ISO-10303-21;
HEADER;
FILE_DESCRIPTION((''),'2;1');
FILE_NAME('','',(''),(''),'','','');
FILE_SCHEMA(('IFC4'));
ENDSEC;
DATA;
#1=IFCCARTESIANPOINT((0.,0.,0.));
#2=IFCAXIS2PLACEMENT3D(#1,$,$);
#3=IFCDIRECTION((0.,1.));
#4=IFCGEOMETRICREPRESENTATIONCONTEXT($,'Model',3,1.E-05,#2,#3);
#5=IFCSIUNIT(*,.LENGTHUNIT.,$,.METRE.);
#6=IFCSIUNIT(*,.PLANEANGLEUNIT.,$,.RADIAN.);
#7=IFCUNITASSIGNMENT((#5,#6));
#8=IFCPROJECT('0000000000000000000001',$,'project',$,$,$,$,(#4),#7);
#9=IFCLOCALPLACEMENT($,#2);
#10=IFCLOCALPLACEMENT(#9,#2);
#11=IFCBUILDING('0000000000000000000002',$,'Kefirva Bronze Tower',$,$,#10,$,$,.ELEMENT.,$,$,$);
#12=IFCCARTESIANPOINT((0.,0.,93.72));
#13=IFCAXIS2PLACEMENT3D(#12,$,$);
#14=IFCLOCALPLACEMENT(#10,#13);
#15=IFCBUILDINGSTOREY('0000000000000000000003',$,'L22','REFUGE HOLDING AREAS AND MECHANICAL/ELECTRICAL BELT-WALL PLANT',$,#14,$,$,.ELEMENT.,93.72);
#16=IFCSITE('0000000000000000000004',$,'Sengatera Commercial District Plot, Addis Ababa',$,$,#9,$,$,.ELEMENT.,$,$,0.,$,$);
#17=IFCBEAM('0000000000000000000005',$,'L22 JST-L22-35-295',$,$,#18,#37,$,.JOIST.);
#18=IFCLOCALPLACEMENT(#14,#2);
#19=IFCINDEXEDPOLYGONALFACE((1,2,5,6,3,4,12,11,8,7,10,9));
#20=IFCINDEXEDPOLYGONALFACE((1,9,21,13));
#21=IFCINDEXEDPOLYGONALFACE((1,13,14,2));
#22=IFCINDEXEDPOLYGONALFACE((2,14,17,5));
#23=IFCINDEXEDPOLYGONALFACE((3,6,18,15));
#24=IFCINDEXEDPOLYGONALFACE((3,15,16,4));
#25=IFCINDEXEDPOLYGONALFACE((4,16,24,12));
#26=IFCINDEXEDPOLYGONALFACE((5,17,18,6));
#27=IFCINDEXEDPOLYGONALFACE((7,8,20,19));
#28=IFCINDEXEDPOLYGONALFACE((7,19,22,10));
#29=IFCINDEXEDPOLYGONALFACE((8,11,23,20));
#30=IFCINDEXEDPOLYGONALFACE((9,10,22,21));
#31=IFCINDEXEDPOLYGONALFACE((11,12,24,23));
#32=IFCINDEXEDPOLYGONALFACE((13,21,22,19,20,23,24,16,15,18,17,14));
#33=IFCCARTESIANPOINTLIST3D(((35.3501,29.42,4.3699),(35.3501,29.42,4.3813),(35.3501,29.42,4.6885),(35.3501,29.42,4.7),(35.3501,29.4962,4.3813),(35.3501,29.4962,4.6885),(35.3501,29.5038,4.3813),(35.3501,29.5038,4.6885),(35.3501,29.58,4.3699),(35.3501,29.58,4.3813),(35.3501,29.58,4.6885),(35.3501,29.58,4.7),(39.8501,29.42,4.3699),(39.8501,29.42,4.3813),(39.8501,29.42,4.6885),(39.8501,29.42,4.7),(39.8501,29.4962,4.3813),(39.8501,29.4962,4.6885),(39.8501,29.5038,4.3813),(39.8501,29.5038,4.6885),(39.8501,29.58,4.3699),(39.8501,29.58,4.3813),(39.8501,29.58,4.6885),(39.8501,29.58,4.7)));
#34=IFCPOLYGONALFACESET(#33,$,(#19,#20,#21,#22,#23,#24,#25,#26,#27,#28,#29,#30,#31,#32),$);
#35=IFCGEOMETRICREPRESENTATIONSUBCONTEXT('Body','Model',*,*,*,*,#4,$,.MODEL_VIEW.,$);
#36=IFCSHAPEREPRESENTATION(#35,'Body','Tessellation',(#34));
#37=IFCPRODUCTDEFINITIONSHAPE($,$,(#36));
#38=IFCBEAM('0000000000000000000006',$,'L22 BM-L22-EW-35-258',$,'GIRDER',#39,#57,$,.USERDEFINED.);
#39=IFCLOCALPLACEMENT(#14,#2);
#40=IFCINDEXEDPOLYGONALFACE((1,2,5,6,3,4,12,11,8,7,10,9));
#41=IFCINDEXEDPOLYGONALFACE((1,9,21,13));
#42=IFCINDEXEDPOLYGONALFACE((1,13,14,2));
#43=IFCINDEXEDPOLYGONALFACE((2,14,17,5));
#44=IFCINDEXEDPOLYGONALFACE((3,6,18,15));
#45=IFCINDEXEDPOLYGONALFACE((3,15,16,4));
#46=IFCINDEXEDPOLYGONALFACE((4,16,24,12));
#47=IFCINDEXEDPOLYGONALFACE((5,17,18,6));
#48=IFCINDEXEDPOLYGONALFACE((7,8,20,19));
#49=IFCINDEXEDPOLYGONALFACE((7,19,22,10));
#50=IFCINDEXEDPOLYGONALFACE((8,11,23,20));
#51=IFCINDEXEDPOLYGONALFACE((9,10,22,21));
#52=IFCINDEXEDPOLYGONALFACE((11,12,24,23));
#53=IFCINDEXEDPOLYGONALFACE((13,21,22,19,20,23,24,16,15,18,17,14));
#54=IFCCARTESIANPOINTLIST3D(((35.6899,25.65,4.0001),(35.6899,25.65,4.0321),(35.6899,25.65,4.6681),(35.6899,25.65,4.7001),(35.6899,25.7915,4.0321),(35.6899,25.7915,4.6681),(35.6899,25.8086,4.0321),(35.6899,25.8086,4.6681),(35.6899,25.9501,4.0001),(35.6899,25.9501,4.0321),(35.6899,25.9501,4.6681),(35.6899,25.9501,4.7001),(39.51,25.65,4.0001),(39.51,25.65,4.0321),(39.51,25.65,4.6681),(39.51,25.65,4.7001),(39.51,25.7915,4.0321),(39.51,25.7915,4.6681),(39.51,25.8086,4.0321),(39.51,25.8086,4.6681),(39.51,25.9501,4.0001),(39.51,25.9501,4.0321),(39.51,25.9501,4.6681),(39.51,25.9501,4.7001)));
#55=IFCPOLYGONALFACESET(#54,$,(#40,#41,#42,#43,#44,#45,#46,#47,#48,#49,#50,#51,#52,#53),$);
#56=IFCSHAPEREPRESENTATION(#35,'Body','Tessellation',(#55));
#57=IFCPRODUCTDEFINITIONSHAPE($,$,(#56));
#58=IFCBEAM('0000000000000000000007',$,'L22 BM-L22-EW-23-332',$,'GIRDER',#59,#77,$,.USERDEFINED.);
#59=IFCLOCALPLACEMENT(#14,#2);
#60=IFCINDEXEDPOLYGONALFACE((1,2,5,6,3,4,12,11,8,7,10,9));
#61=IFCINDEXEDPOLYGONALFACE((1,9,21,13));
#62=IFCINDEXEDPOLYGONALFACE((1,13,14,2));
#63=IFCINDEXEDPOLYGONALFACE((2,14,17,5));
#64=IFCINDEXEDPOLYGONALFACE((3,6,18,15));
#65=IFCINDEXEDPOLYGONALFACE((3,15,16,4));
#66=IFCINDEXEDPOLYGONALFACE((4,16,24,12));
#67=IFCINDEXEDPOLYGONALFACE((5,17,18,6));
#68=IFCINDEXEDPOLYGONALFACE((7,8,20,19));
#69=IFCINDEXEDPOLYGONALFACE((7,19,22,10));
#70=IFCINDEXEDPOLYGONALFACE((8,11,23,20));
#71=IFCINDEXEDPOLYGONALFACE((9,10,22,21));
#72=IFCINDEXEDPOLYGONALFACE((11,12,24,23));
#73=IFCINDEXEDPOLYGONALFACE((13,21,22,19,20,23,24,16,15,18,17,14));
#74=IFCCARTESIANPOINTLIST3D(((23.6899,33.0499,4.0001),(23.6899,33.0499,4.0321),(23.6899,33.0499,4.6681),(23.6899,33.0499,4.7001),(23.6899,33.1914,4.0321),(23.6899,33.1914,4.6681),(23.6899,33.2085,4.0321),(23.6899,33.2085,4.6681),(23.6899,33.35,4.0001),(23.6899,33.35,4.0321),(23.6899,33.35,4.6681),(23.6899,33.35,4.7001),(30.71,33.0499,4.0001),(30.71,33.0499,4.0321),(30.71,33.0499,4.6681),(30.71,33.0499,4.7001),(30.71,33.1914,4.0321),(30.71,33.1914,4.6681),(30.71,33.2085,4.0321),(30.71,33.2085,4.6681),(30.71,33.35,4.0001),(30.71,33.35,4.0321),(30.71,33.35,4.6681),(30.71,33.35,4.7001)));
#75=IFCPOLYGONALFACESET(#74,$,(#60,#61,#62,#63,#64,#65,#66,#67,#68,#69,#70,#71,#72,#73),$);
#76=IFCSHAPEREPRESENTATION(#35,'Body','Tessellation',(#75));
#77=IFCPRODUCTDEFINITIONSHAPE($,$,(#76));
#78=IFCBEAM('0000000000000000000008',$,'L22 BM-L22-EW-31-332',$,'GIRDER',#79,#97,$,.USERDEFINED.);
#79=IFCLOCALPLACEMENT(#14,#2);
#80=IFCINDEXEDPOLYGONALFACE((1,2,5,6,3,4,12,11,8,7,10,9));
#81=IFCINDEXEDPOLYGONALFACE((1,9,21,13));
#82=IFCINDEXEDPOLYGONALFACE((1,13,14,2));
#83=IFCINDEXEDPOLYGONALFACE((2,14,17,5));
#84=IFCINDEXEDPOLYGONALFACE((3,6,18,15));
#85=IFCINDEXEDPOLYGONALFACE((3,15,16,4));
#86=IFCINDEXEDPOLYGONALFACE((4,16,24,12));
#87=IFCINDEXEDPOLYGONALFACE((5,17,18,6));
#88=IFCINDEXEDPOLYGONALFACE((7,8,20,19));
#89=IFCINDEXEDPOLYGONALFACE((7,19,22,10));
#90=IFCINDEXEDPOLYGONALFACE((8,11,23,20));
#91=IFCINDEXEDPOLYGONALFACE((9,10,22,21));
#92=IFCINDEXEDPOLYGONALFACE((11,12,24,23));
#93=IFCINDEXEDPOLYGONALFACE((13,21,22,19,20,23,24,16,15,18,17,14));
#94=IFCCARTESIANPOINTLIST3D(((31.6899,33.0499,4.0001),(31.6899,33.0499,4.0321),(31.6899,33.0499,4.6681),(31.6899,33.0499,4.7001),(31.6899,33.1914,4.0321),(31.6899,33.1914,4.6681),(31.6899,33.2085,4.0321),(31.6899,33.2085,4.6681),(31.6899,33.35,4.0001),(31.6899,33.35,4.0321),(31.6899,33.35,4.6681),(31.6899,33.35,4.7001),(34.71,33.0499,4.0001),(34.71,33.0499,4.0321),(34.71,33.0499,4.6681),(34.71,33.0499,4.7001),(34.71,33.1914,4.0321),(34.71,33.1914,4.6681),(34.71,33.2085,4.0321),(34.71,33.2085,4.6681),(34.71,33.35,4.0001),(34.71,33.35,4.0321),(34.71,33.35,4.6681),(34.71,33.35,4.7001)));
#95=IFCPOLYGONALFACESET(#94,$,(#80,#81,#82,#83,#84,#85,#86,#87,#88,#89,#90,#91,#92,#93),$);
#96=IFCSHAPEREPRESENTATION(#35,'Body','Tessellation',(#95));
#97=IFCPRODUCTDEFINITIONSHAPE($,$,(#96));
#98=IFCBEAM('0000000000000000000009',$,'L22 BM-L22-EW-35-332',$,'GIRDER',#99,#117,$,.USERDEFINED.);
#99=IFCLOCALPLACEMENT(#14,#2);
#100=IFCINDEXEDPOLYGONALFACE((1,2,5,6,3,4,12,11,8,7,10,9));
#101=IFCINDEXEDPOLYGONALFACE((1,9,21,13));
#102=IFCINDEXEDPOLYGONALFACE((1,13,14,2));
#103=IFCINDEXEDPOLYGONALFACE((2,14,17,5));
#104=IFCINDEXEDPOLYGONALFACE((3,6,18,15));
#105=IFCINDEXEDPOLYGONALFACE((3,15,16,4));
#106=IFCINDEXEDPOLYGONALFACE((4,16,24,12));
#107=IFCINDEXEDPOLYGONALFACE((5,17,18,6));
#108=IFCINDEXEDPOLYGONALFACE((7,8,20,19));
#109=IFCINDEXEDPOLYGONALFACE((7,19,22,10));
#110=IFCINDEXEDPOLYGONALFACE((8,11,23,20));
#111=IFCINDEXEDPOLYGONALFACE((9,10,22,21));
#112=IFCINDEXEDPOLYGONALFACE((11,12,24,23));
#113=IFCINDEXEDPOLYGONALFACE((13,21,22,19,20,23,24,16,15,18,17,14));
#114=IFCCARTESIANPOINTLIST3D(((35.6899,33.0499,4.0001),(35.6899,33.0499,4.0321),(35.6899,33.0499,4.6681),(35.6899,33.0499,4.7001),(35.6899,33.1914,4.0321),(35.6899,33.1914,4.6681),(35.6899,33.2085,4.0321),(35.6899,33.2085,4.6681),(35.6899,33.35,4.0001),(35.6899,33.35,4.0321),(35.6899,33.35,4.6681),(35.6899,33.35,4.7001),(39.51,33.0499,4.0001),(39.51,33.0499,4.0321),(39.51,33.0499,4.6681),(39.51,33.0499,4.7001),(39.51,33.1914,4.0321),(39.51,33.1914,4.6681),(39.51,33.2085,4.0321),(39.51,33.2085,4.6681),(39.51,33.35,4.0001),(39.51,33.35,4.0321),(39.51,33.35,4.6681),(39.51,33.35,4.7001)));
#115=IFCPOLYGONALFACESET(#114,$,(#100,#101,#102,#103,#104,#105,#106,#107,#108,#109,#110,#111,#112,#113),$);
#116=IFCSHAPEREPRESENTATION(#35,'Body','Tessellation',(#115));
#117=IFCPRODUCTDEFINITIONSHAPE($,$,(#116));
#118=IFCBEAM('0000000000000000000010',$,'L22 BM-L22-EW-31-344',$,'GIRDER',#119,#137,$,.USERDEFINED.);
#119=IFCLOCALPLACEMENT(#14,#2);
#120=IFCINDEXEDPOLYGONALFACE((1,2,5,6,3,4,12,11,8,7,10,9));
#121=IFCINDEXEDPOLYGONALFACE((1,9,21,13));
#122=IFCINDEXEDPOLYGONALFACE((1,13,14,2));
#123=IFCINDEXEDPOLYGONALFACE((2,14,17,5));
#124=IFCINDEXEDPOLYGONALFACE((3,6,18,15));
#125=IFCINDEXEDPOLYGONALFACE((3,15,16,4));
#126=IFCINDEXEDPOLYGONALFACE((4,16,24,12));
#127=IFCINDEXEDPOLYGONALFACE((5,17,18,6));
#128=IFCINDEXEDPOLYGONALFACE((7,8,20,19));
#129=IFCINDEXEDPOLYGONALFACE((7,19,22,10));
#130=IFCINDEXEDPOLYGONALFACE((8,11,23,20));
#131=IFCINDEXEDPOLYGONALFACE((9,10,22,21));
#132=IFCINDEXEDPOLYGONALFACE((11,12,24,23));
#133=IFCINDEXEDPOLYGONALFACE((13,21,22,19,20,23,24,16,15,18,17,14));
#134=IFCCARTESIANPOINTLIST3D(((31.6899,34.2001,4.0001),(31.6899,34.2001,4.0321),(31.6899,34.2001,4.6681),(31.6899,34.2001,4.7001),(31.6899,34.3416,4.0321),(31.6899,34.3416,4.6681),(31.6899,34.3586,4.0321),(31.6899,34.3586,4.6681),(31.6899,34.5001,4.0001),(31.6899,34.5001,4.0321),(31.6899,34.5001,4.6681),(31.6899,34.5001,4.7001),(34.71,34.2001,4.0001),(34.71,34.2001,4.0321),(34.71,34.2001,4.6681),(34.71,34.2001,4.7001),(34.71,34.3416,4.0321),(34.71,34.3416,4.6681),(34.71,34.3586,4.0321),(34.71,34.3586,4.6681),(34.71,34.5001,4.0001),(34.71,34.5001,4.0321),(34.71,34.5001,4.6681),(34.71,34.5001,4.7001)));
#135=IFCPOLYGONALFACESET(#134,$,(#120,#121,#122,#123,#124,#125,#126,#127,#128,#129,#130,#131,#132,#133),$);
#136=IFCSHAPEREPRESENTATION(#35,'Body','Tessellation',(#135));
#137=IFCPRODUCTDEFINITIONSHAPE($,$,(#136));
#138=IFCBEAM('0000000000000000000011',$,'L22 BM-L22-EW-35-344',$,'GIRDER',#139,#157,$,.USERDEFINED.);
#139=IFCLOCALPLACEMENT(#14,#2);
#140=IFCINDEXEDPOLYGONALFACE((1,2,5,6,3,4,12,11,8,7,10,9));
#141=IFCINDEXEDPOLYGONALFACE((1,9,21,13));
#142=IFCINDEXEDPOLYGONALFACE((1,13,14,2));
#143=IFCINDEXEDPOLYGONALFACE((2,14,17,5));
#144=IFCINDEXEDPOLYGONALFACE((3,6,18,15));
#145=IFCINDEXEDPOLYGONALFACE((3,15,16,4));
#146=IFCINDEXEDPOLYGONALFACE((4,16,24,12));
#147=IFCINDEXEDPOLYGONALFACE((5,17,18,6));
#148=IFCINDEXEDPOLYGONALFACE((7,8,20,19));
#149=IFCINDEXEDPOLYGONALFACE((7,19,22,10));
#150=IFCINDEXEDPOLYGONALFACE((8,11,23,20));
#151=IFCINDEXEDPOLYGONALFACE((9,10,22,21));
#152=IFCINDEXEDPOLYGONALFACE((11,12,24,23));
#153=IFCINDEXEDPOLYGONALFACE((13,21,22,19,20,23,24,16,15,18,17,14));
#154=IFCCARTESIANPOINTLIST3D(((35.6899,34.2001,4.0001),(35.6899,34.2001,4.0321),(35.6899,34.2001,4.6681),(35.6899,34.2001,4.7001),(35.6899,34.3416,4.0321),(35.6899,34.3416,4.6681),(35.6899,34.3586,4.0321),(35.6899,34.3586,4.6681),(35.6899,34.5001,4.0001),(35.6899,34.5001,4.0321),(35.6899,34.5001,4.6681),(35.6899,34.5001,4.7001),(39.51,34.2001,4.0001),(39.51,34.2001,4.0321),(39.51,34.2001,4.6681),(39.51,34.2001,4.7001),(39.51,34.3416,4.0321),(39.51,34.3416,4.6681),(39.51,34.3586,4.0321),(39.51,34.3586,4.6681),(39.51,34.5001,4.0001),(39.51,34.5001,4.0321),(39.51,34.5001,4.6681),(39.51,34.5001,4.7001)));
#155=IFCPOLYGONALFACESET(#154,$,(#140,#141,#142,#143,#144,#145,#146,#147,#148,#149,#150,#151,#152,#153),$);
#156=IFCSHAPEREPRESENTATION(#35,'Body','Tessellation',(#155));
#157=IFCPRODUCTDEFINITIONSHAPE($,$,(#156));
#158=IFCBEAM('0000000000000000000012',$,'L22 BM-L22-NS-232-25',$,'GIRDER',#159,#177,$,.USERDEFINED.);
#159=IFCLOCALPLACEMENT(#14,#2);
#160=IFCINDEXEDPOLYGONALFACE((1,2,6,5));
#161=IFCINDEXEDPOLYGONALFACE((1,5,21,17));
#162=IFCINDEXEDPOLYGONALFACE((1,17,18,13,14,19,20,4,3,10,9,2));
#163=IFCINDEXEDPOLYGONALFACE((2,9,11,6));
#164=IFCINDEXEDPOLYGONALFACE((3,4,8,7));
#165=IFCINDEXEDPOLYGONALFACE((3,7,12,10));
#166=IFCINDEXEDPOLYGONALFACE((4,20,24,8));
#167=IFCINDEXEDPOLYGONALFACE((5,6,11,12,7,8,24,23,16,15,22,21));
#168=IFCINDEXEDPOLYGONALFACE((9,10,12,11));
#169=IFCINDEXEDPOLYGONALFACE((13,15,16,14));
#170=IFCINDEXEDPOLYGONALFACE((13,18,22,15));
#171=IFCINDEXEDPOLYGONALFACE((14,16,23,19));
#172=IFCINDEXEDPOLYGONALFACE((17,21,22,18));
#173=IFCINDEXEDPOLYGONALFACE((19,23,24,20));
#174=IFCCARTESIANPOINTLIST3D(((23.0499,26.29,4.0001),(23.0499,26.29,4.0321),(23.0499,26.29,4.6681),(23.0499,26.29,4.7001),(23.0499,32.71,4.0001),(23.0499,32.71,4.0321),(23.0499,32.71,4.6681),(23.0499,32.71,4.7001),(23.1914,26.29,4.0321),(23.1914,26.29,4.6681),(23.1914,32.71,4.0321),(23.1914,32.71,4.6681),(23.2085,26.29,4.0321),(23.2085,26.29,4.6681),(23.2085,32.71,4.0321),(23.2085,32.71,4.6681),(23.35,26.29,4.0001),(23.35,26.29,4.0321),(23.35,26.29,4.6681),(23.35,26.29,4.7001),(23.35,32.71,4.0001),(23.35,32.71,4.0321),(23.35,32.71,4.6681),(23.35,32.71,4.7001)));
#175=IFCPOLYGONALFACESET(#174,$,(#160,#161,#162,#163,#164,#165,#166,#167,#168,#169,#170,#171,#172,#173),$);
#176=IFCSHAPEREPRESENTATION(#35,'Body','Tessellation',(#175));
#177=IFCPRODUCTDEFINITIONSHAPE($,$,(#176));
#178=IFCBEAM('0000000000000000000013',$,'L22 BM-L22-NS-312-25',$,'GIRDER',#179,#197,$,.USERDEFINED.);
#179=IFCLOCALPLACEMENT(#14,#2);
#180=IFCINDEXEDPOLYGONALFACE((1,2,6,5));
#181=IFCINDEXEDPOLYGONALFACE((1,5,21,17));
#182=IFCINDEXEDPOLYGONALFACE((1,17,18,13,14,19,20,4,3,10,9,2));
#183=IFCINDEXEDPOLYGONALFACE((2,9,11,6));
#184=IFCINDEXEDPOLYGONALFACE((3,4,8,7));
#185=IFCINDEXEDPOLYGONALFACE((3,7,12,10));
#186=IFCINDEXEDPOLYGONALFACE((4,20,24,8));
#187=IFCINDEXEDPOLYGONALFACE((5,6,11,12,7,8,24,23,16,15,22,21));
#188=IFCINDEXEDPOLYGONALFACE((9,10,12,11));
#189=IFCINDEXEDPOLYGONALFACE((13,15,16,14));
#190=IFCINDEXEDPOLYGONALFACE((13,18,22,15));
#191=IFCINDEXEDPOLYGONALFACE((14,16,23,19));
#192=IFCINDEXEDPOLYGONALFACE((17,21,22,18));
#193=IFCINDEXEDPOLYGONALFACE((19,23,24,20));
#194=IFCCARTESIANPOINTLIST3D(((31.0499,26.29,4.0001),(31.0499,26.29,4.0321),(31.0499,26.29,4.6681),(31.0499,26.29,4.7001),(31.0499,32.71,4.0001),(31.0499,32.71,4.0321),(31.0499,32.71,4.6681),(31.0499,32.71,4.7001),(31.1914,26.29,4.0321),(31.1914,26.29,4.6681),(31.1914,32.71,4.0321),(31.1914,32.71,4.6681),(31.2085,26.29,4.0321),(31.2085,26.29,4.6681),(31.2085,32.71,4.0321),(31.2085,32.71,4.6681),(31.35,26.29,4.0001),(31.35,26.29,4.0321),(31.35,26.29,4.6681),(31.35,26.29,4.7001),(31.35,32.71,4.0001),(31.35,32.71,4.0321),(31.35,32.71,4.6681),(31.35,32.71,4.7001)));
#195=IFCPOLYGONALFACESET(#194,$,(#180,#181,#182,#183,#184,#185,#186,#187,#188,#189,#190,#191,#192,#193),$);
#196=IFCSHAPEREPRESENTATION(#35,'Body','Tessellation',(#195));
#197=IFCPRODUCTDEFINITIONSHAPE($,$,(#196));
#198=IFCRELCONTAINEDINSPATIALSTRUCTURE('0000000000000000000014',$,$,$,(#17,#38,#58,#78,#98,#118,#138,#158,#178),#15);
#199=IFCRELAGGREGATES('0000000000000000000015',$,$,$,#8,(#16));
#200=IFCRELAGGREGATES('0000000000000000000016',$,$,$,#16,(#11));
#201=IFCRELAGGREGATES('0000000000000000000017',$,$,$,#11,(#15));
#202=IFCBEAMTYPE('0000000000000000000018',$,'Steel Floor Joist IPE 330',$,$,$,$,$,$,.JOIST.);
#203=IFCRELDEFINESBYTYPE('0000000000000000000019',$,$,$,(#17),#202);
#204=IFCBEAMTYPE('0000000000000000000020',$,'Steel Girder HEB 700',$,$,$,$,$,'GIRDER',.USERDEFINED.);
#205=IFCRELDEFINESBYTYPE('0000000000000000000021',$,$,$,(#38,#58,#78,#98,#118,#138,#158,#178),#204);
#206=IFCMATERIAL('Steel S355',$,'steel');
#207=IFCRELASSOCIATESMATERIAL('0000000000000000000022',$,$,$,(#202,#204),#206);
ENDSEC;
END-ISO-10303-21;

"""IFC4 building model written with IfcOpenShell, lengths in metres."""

from ifc_helpers import new_model, si_unit, direction, frame, origin, origin_2d, place, context, subcontext, project, spatial, i_section, extrude, material, material_profile, profile_set, type_object, element, save


model = new_model("IFC4")

# Units and contexts
model_context = context("Model", 3, precision=1e-05, world=origin(), true_north=direction((0.0, 1.0)))
body_context = subcontext(model_context, "Body", "Model", "MODEL_VIEW")
ifc_project = project(units=[si_unit("LENGTHUNIT", "METRE"), si_unit("PLANEANGLEUNIT", "RADIAN")], contexts=[model_context])

# Site, building, storey
site_placement = place(None, origin())
site = spatial("IfcSite", under=ifc_project, at=site_placement, Name="Sengatera Commercial District Plot, Addis Ababa", CompositionType="ELEMENT", RefElevation=0.0)
building_placement = place(site_placement, origin())
building = spatial("IfcBuilding", under=site, at=building_placement, Name="Kefirva Bronze Tower", CompositionType="ELEMENT")
storey_placement = place(building_placement, frame((0.0, 0.0, 93.72)))
storey = spatial("IfcBuildingStorey", under=building, at=storey_placement, Name="L22", Description="REFUGE HOLDING AREAS AND MECHANICAL/ELECTRICAL BELT-WALL PLANT", CompositionType="ELEMENT", Elevation=93.72)

# Beams
ifc_material_1 = material(Name="Steel S355", Category="steel")
ifc_material_profile_1 = material_profile(ifc_material_1, i_section(OverallWidth=0.1599, OverallDepth=0.3301, WebThickness=0.0076, FlangeThickness=0.0115, at=origin_2d()), Name="IPE 330")
ifc_profile_set_1 = profile_set([ifc_material_profile_1], Name="Steel S355")
beam_type_1 = type_object("IfcBeamType", Name="Steel Floor Joist IPE 330", PredefinedType="JOIST", material=ifc_profile_set_1)
beam_1_placement = place(storey_placement, frame((35.3501, 29.5, 4.5349), z_axis=(1.0, 0.0, 0.0), x_axis=(0.0, 1.0, 0.0)))
element("IfcBeam", 1, at=beam_1_placement, inside=storey, type_object=beam_type_1, Name="L22 JST-L22-35-295", PredefinedType="JOIST", context=body_context, shape_type="SweptSolid", body=[
    extrude(i_section(OverallWidth=0.1599, OverallDepth=0.3301, WebThickness=0.0076, FlangeThickness=0.0115, at=origin_2d()), origin(), (0.0, 0.0, 1.0), 4.5),
])
ifc_material_profile_2 = material_profile(ifc_material_1, i_section(OverallWidth=0.3, OverallDepth=0.7, WebThickness=0.0171, FlangeThickness=0.032, at=origin_2d()), Name="HEB 700")
ifc_profile_set_2 = profile_set([ifc_material_profile_2], Name="Steel S355")
beam_type_2 = type_object("IfcBeamType", Name="Steel Girder HEB 700", ElementType="GIRDER", PredefinedType="USERDEFINED", material=ifc_profile_set_2)
beam_2_placement = place(storey_placement, frame((35.6899, 25.8, 4.3501), z_axis=(1.0, 0.0, 0.0), x_axis=(0.0, 1.0, 0.0)))
element("IfcBeam", 2, at=beam_2_placement, inside=storey, type_object=beam_type_2, Name="L22 BM-L22-EW-35-258", ObjectType="GIRDER", PredefinedType="USERDEFINED", context=body_context, shape_type="SweptSolid", body=[
    extrude(i_section(OverallWidth=0.3, OverallDepth=0.7, WebThickness=0.0171, FlangeThickness=0.032, at=origin_2d()), origin(), (0.0, 0.0, 1.0), 3.8201),
])
beam_3_placement = place(storey_placement, frame((23.6899, 33.2, 4.3501), z_axis=(1.0, 0.0, 0.0), x_axis=(0.0, 1.0, 0.0)))
element("IfcBeam", 3, at=beam_3_placement, inside=storey, type_object=beam_type_2, Name="L22 BM-L22-EW-23-332", ObjectType="GIRDER", PredefinedType="USERDEFINED", context=body_context, shape_type="SweptSolid", body=[
    extrude(i_section(OverallWidth=0.3, OverallDepth=0.7, WebThickness=0.0171, FlangeThickness=0.032, at=origin_2d()), origin(), (0.0, 0.0, 1.0), 7.02),
])
beam_4_placement = place(storey_placement, frame((31.6899, 33.2, 4.3501), z_axis=(1.0, 0.0, 0.0), x_axis=(0.0, 1.0, 0.0)))
element("IfcBeam", 4, at=beam_4_placement, inside=storey, type_object=beam_type_2, Name="L22 BM-L22-EW-31-332", ObjectType="GIRDER", PredefinedType="USERDEFINED", context=body_context, shape_type="SweptSolid", body=[
    extrude(i_section(OverallWidth=0.3, OverallDepth=0.7, WebThickness=0.0171, FlangeThickness=0.032, at=origin_2d()), origin(), (0.0, 0.0, 1.0), 3.02),
])
beam_5_placement = place(storey_placement, frame((35.6899, 33.2, 4.3501), z_axis=(1.0, 0.0, 0.0), x_axis=(0.0, 1.0, 0.0)))
element("IfcBeam", 5, at=beam_5_placement, inside=storey, type_object=beam_type_2, Name="L22 BM-L22-EW-35-332", ObjectType="GIRDER", PredefinedType="USERDEFINED", context=body_context, shape_type="SweptSolid", body=[
    extrude(i_section(OverallWidth=0.3, OverallDepth=0.7, WebThickness=0.0171, FlangeThickness=0.032, at=origin_2d()), origin(), (0.0, 0.0, 1.0), 3.8201),
])
beam_6_placement = place(storey_placement, frame((31.6899, 34.3501, 4.3501), z_axis=(1.0, 0.0, 0.0), x_axis=(0.0, 1.0, 0.0)))
element("IfcBeam", 6, at=beam_6_placement, inside=storey, type_object=beam_type_2, Name="L22 BM-L22-EW-31-344", ObjectType="GIRDER", PredefinedType="USERDEFINED", context=body_context, shape_type="SweptSolid", body=[
    extrude(i_section(OverallWidth=0.3, OverallDepth=0.7, WebThickness=0.0171, FlangeThickness=0.032, at=origin_2d()), origin(), (0.0, 0.0, 1.0), 3.02),
])
beam_7_placement = place(storey_placement, frame((35.6899, 34.3501, 4.3501), z_axis=(1.0, 0.0, 0.0), x_axis=(0.0, 1.0, 0.0)))
element("IfcBeam", 7, at=beam_7_placement, inside=storey, type_object=beam_type_2, Name="L22 BM-L22-EW-35-344", ObjectType="GIRDER", PredefinedType="USERDEFINED", context=body_context, shape_type="SweptSolid", body=[
    extrude(i_section(OverallWidth=0.3, OverallDepth=0.7, WebThickness=0.0171, FlangeThickness=0.032, at=origin_2d()), origin(), (0.0, 0.0, 1.0), 3.8201),
])
for number, where, z_axis, x_axis, name in (
    (8, (23.2, 26.29, 4.3501), (0.0, 1.0, 0.0), (-1.0, 0.0, 0.0), "L22 BM-L22-NS-232-25"),
    (9, (31.2, 26.29, 4.3501), (0.0, 1.0, 0.0), (-1.0, 0.0, 0.0), "L22 BM-L22-NS-312-25"),
):
    element("IfcBeam", number, at=place(storey_placement, frame(where, z_axis=z_axis, x_axis=x_axis)), inside=storey, type_object=beam_type_2, Name=name, ObjectType="GIRDER", PredefinedType="USERDEFINED", context=body_context, shape_type="SweptSolid", body=[
        extrude(i_section(OverallWidth=0.3, OverallDepth=0.7, WebThickness=0.0171, FlangeThickness=0.032, at=origin_2d()), origin(), (0.0, 0.0, 1.0), 6.4199),
    ])

save(model, "model.ifc")
